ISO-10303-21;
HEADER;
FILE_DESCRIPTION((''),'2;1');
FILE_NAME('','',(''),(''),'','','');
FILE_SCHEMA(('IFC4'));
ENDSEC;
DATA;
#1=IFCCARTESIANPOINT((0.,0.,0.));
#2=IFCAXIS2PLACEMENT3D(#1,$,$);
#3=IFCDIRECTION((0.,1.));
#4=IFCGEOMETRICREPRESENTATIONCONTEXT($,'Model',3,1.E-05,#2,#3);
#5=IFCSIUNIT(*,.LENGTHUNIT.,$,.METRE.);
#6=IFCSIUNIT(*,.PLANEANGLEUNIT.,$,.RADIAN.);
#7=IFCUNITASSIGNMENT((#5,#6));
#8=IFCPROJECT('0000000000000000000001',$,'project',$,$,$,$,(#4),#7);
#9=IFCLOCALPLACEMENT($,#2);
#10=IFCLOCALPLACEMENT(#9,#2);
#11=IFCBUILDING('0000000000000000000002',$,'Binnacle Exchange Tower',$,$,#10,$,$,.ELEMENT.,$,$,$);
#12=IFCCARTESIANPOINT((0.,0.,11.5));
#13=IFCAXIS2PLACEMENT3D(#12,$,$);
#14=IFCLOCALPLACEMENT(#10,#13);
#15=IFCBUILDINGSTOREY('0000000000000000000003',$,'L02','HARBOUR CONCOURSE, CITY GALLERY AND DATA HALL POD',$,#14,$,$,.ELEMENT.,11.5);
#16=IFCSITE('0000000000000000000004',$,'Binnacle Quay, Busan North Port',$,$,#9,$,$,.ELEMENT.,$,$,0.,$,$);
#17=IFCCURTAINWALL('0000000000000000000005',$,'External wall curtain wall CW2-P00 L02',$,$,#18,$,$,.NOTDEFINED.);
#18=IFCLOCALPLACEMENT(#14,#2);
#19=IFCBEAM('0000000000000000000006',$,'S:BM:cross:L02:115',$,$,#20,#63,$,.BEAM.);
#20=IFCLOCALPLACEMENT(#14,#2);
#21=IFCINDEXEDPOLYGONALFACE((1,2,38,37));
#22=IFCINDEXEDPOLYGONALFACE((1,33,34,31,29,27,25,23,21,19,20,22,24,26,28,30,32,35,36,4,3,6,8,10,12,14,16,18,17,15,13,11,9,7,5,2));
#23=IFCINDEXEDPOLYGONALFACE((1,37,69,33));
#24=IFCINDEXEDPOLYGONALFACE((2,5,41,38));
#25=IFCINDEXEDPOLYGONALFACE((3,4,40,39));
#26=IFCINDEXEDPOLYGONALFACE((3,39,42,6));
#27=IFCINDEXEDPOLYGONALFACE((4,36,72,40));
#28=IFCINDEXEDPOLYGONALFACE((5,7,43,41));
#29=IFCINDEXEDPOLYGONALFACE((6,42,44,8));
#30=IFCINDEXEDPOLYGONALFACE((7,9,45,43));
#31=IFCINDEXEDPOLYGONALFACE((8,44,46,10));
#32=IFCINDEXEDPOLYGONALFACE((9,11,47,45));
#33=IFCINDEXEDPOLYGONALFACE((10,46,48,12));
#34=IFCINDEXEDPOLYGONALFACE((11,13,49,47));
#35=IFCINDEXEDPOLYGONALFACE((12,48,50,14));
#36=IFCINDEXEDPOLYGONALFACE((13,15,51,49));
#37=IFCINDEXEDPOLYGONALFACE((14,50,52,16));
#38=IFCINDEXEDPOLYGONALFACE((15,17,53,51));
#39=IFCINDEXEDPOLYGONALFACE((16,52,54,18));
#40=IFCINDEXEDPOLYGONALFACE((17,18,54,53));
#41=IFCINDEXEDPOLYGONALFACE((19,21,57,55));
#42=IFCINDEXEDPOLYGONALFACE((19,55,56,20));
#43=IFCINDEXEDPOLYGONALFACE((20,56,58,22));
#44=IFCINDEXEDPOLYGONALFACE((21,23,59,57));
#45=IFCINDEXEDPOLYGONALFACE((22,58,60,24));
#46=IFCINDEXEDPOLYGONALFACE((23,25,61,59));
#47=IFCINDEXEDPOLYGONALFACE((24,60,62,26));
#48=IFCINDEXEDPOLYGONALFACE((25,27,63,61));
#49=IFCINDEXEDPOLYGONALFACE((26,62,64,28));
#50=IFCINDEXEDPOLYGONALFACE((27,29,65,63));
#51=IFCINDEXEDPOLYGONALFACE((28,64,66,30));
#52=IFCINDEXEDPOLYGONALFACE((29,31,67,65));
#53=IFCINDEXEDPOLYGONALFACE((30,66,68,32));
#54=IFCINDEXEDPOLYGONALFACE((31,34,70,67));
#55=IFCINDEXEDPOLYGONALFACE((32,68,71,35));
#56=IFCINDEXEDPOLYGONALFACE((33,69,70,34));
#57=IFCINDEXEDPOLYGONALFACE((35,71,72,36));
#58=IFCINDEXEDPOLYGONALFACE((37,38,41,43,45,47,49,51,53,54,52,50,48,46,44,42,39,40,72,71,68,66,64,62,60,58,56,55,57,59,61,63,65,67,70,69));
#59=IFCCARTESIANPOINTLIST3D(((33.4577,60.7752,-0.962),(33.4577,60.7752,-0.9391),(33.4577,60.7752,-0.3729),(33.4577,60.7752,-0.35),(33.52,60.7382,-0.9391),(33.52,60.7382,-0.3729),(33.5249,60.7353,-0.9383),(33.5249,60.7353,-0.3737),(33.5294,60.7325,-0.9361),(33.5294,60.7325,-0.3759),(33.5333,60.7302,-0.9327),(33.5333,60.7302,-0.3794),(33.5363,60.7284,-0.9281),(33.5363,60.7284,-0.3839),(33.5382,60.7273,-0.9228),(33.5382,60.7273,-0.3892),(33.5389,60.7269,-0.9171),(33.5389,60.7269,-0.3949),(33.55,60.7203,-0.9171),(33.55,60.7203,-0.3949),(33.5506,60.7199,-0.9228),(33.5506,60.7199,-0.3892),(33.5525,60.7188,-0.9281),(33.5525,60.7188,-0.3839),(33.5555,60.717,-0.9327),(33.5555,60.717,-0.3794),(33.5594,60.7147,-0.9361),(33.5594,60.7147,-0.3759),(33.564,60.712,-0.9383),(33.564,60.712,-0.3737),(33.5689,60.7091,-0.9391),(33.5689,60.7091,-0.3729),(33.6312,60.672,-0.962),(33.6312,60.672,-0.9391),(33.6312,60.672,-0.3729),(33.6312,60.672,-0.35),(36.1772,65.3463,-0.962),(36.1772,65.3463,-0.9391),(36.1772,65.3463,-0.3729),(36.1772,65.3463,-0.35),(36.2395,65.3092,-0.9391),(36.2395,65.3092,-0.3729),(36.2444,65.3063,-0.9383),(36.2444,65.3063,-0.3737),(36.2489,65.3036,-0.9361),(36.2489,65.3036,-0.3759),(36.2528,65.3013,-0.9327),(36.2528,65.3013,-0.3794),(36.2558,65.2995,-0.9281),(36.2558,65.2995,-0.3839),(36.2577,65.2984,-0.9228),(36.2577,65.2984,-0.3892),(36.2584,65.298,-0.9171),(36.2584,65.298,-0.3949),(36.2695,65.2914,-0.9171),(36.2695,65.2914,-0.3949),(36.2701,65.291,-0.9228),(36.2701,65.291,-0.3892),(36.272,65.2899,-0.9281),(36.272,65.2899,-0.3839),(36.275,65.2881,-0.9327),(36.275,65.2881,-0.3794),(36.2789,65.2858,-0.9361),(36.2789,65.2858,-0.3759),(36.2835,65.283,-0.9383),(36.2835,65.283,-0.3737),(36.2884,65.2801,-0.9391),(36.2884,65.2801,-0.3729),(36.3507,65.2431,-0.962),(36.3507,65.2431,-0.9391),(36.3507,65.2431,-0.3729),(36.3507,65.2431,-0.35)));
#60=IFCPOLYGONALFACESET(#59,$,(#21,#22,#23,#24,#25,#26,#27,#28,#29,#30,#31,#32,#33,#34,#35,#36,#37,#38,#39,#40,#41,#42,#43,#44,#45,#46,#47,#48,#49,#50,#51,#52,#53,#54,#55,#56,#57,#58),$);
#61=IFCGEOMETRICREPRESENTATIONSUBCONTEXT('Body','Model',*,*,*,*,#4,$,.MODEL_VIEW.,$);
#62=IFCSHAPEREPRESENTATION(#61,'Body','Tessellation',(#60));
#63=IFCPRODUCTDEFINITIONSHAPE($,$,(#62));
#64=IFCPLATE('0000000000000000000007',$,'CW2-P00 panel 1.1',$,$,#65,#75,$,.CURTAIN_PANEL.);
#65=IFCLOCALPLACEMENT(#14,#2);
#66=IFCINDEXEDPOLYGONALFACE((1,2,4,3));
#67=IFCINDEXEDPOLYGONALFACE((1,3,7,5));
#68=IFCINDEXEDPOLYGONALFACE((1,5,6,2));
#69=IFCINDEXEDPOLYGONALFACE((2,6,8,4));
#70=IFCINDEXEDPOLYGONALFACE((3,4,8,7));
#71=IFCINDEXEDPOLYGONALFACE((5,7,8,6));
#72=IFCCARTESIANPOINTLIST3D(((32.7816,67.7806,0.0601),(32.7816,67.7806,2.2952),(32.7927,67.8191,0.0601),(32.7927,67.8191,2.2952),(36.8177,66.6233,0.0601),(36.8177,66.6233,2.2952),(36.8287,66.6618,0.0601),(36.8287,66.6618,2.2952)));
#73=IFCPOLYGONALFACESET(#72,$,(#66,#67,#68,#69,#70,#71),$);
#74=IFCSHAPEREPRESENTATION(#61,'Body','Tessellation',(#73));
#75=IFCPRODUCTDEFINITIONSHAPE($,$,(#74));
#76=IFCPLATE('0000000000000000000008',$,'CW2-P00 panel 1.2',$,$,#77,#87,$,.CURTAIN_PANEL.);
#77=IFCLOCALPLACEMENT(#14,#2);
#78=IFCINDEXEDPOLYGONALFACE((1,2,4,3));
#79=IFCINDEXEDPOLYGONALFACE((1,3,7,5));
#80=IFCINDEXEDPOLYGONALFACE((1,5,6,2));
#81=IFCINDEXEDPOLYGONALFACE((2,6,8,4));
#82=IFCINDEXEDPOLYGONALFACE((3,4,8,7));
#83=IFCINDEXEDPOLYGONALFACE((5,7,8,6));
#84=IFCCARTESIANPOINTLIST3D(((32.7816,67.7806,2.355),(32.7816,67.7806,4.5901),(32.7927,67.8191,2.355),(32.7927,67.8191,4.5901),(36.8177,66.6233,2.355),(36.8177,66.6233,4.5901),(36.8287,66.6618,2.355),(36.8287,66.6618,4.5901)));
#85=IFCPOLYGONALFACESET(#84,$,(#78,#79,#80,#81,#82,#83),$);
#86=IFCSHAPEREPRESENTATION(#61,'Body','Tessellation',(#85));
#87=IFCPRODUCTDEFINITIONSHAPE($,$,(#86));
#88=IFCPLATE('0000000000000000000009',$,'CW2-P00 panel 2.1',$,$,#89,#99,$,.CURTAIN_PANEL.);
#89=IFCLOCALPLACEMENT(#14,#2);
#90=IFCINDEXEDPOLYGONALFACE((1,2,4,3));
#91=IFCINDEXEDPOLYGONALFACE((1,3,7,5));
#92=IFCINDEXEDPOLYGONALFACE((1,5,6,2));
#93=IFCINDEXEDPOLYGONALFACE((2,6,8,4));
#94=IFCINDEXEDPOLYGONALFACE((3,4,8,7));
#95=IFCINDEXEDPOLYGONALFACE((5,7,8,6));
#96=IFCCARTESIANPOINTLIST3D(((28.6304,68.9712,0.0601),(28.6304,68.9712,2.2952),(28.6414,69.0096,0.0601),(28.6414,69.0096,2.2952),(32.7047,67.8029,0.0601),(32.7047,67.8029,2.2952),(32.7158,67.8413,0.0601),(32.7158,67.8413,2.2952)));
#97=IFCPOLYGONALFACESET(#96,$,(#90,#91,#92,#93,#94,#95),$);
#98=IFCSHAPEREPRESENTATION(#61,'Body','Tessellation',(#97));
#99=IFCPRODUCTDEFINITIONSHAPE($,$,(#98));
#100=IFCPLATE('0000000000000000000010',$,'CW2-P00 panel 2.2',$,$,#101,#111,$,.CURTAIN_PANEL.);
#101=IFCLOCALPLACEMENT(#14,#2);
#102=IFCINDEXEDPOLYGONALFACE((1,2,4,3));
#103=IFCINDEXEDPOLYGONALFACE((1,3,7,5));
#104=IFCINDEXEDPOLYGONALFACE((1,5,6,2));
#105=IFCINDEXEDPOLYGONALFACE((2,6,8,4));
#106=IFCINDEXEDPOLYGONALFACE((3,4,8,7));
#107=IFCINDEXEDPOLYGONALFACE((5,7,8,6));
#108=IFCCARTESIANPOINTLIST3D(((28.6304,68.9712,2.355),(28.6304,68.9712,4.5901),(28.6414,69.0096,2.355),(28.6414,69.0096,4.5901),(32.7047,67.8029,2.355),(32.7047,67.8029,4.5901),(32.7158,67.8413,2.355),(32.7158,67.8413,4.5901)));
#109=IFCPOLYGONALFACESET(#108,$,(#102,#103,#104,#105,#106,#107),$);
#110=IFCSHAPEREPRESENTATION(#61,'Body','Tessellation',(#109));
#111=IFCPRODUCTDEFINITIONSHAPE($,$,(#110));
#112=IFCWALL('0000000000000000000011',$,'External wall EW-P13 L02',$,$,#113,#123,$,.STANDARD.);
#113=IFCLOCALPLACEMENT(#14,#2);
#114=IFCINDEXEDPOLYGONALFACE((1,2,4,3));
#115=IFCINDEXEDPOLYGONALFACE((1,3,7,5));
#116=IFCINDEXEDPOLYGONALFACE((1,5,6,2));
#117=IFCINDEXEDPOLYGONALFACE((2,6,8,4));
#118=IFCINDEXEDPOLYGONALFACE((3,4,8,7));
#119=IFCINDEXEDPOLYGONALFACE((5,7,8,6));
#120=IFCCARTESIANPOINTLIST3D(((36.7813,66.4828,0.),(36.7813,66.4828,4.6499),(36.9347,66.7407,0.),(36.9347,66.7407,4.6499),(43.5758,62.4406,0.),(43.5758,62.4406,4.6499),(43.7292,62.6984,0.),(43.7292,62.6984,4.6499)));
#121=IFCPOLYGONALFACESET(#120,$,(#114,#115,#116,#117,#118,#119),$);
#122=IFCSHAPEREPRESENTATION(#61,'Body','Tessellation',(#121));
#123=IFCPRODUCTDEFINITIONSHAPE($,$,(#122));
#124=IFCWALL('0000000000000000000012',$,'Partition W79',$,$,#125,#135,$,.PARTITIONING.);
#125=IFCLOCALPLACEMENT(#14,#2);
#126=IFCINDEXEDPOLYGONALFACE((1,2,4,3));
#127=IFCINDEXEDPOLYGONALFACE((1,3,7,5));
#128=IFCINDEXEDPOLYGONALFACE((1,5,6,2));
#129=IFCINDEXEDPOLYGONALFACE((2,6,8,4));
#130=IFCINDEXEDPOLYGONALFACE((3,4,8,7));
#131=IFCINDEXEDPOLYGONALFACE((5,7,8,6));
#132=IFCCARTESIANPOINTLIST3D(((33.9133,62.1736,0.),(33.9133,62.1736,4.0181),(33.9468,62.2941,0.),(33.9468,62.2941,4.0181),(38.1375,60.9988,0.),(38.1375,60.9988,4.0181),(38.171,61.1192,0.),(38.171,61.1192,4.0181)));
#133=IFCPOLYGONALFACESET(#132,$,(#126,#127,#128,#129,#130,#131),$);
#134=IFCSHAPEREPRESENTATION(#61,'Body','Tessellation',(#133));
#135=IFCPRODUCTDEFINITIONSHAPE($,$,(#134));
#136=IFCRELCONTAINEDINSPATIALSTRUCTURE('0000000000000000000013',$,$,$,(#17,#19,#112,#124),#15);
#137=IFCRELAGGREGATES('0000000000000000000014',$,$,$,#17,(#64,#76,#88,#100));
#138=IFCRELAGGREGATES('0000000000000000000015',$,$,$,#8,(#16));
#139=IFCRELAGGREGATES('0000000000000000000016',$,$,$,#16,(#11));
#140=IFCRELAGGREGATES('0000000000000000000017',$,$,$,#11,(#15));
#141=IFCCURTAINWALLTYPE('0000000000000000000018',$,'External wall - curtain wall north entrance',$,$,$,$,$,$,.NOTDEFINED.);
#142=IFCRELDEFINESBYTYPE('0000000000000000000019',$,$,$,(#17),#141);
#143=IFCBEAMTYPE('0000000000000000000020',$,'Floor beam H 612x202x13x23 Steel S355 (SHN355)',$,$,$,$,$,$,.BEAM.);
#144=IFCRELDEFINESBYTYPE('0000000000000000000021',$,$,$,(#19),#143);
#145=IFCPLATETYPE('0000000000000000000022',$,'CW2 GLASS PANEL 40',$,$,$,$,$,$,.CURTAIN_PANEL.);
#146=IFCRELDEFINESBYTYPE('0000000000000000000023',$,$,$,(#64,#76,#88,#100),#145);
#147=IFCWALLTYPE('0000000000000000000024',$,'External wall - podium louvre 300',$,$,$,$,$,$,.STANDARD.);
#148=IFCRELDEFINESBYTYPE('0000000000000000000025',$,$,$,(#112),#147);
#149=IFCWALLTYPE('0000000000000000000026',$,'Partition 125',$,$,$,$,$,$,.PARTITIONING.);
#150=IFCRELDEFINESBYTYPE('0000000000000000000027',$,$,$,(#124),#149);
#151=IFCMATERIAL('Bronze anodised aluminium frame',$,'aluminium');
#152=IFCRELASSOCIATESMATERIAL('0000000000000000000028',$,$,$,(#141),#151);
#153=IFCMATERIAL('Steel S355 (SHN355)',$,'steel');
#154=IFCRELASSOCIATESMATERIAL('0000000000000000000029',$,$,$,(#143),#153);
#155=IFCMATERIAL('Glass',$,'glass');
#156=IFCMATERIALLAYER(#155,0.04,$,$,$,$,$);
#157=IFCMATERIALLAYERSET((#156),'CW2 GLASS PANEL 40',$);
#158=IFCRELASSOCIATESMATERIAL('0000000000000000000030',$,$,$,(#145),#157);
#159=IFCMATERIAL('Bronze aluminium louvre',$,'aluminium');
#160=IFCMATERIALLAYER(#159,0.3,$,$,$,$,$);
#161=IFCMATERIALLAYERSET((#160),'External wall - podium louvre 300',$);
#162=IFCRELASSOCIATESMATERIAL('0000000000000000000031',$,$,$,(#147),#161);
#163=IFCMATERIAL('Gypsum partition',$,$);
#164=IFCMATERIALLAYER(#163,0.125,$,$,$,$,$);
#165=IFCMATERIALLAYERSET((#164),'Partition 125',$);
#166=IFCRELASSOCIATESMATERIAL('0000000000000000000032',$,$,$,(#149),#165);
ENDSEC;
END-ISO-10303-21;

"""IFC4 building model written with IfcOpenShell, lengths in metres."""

from ifc_helpers import new_model, si_unit, direction, frame, frame_2d, origin, origin_2d, place, context, subcontext, project, spatial, rectangle, i_section, extrude, material, layer, layer_set, material_profile, profile_set, type_object, element, aggregate, save


model = new_model("IFC4")

# Units and contexts
model_context = context("Model", 3, precision=1e-05, world=origin(), true_north=direction((0.0, 1.0)))
body_context = subcontext(model_context, "Body", "Model", "MODEL_VIEW")
ifc_project = project(units=[si_unit("LENGTHUNIT", "METRE"), si_unit("PLANEANGLEUNIT", "RADIAN")], contexts=[model_context])

# Site, building, storey
site_placement = place(None, origin())
site = spatial("IfcSite", under=ifc_project, at=site_placement, Name="Binnacle Quay, Busan North Port", CompositionType="ELEMENT", RefElevation=0.0)
building_placement = place(site_placement, origin())
building = spatial("IfcBuilding", under=site, at=building_placement, Name="Binnacle Exchange Tower", CompositionType="ELEMENT")
storey_placement = place(building_placement, frame((0.0, 0.0, 11.5)))
storey = spatial("IfcBuildingStorey", under=building, at=storey_placement, Name="L02", Description="HARBOUR CONCOURSE, CITY GALLERY AND DATA HALL POD", CompositionType="ELEMENT", Elevation=11.5)

# Curtain wall
ifc_material_1 = material(Name="Bronze anodised aluminium frame", Category="aluminium")
curtain_wall_type = type_object("IfcCurtainWallType", Name="External wall - curtain wall north entrance", PredefinedType="NOTDEFINED", material=ifc_material_1)
curtain_wall_1_placement = place(storey_placement, origin())
curtain_wall_1 = element("IfcCurtainWall", 1, at=curtain_wall_1_placement, inside=storey, type_object=curtain_wall_type, Name="External wall curtain wall CW2-P00 L02", PredefinedType="NOTDEFINED")

# Beam
ifc_material_2 = material(Name="Steel S355 (SHN355)", Category="steel")
ifc_material_profile_1 = material_profile(ifc_material_2, i_section(OverallWidth=0.2019, OverallDepth=0.6121, WebThickness=0.0129, FlangeThickness=0.0229, FilletRadius=0.022, at=origin_2d()), Name="H 612x202x13x23")
ifc_profile_set_1 = profile_set([ifc_material_profile_1], Name="Steel S355 (SHN355)")
beam_type_1 = type_object("IfcBeamType", Name="Floor beam H 612x202x13x23 Steel S355 (SHN355)", PredefinedType="BEAM", material=ifc_profile_set_1)
beam_1_placement = place(storey_placement, frame((36.2639, 65.2947, -0.656), z_axis=(-0.511293, -0.859407, 0.0), x_axis=(0.859407, -0.511293, 0.0)))
element("IfcBeam", 2, at=beam_1_placement, inside=storey, type_object=beam_type_1, Name="S:BM:cross:L02:115", PredefinedType="BEAM", context=body_context, shape_type="SweptSolid", body=[
    extrude(i_section(OverallWidth=0.2019, OverallDepth=0.6121, WebThickness=0.0129, FlangeThickness=0.0229, FilletRadius=0.022, at=origin_2d()), origin(), (0.0, 0.0, 1.0), 5.3188),
])

# Plates
ifc_material_3 = material(Name="Glass", Category="glass")
ifc_layer_1 = layer(ifc_material_3, 0.04)
ifc_layer_set_1 = layer_set([ifc_layer_1], Name="CW2 GLASS PANEL 40")
plate_type = type_object("IfcPlateType", Name="CW2 GLASS PANEL 40", PredefinedType="CURTAIN_PANEL", material=ifc_layer_set_1)
plate_1_placement = place(storey_placement, frame((34.8052, 67.2212, 0.0601), z_axis=(0.0, 0.0, 1.0), x_axis=(-0.961262, 0.275637, 0.0)))
plate_1 = element("IfcPlate", 3, at=plate_1_placement, type_object=plate_type, Name="CW2-P00 panel 1.1", PredefinedType="CURTAIN_PANEL", context=body_context, shape_type="SweptSolid", body=[
    extrude(rectangle(XDim=4.1987, YDim=0.04, at=origin_2d()), origin(), (0.0, 0.0, 1.0), 2.2351),
])
plate_2_placement = place(storey_placement, frame((34.8052, 67.2212, 2.355), z_axis=(0.0, 0.0, 1.0), x_axis=(-0.961262, 0.275637, 0.0)))
plate_2 = element("IfcPlate", 4, at=plate_2_placement, type_object=plate_type, Name="CW2-P00 panel 1.2", PredefinedType="CURTAIN_PANEL", context=body_context, shape_type="SweptSolid", body=[
    extrude(rectangle(XDim=4.1987, YDim=0.04, at=origin_2d()), origin(), (0.0, 0.0, 1.0), 2.2351),
])
plate_3_placement = place(storey_placement, frame((30.6731, 68.4062, 0.0601), z_axis=(0.0, 0.0, 1.0), x_axis=(-0.961262, 0.275637, 0.0)))
plate_3 = element("IfcPlate", 5, at=plate_3_placement, type_object=plate_type, Name="CW2-P00 panel 2.1", PredefinedType="CURTAIN_PANEL", context=body_context, shape_type="SweptSolid", body=[
    extrude(rectangle(XDim=4.2385, YDim=0.04, at=origin_2d()), origin(), (0.0, 0.0, 1.0), 2.2351),
])
plate_4_placement = place(storey_placement, frame((30.6731, 68.4062, 2.355), z_axis=(0.0, 0.0, 1.0), x_axis=(-0.961262, 0.275637, 0.0)))
plate_4 = element("IfcPlate", 6, at=plate_4_placement, type_object=plate_type, Name="CW2-P00 panel 2.2", PredefinedType="CURTAIN_PANEL", context=body_context, shape_type="SweptSolid", body=[
    extrude(rectangle(XDim=4.2385, YDim=0.04, at=origin_2d()), origin(), (0.0, 0.0, 1.0), 2.2351),
])
aggregate(curtain_wall_1, [plate_1, plate_2, plate_3, plate_4])

# Walls
ifc_material_4 = material(Name="Bronze aluminium louvre", Category="aluminium")
ifc_layer_2 = layer(ifc_material_4, 0.3)
ifc_layer_set_2 = layer_set([ifc_layer_2], Name="External wall - podium louvre 300")
wall_type_1 = type_object("IfcWallType", Name="External wall - podium louvre 300", PredefinedType="STANDARD", material=ifc_layer_set_2)
wall_1_placement = place(storey_placement, frame((36.8579, 66.6118, 0.0), z_axis=(0.0, 0.0, 1.0), x_axis=(0.859408, -0.511291, 0.0)))
element("IfcWall", 7, at=wall_1_placement, inside=storey, type_object=wall_type_1, Name="External wall EW-P13 L02", PredefinedType="STANDARD", context=body_context, shape_type="SweptSolid", body=[
    extrude(rectangle(XDim=7.906, YDim=0.3, at=frame_2d((3.9531, 0.0))), origin(), (0.0, 0.0, 1.0), 4.6499),
])
ifc_material_5 = material(Name="Gypsum partition")
ifc_layer_3 = layer(ifc_material_5, 0.125)
ifc_layer_set_3 = layer_set([ifc_layer_3], Name="Partition 125")
wall_type_2 = type_object("IfcWallType", Name="Partition 125", PredefinedType="PARTITIONING", material=ifc_layer_set_3)
wall_2_placement = place(storey_placement, frame((33.9299, 62.2339, 0.0), z_axis=(0.0, 0.0, 1.0), x_axis=(0.963433, -0.267948, 0.0)))
element("IfcWall", 8, at=wall_2_placement, inside=storey, type_object=wall_type_2, Name="Partition W79", PredefinedType="PARTITIONING", context=body_context, shape_type="SweptSolid", body=[
    extrude(rectangle(XDim=4.3845, YDim=0.125, at=frame_2d((2.1924, 0.0))), origin(), (0.0, 0.0, 1.0), 4.0181),
])

save(model, "model.ifc")
